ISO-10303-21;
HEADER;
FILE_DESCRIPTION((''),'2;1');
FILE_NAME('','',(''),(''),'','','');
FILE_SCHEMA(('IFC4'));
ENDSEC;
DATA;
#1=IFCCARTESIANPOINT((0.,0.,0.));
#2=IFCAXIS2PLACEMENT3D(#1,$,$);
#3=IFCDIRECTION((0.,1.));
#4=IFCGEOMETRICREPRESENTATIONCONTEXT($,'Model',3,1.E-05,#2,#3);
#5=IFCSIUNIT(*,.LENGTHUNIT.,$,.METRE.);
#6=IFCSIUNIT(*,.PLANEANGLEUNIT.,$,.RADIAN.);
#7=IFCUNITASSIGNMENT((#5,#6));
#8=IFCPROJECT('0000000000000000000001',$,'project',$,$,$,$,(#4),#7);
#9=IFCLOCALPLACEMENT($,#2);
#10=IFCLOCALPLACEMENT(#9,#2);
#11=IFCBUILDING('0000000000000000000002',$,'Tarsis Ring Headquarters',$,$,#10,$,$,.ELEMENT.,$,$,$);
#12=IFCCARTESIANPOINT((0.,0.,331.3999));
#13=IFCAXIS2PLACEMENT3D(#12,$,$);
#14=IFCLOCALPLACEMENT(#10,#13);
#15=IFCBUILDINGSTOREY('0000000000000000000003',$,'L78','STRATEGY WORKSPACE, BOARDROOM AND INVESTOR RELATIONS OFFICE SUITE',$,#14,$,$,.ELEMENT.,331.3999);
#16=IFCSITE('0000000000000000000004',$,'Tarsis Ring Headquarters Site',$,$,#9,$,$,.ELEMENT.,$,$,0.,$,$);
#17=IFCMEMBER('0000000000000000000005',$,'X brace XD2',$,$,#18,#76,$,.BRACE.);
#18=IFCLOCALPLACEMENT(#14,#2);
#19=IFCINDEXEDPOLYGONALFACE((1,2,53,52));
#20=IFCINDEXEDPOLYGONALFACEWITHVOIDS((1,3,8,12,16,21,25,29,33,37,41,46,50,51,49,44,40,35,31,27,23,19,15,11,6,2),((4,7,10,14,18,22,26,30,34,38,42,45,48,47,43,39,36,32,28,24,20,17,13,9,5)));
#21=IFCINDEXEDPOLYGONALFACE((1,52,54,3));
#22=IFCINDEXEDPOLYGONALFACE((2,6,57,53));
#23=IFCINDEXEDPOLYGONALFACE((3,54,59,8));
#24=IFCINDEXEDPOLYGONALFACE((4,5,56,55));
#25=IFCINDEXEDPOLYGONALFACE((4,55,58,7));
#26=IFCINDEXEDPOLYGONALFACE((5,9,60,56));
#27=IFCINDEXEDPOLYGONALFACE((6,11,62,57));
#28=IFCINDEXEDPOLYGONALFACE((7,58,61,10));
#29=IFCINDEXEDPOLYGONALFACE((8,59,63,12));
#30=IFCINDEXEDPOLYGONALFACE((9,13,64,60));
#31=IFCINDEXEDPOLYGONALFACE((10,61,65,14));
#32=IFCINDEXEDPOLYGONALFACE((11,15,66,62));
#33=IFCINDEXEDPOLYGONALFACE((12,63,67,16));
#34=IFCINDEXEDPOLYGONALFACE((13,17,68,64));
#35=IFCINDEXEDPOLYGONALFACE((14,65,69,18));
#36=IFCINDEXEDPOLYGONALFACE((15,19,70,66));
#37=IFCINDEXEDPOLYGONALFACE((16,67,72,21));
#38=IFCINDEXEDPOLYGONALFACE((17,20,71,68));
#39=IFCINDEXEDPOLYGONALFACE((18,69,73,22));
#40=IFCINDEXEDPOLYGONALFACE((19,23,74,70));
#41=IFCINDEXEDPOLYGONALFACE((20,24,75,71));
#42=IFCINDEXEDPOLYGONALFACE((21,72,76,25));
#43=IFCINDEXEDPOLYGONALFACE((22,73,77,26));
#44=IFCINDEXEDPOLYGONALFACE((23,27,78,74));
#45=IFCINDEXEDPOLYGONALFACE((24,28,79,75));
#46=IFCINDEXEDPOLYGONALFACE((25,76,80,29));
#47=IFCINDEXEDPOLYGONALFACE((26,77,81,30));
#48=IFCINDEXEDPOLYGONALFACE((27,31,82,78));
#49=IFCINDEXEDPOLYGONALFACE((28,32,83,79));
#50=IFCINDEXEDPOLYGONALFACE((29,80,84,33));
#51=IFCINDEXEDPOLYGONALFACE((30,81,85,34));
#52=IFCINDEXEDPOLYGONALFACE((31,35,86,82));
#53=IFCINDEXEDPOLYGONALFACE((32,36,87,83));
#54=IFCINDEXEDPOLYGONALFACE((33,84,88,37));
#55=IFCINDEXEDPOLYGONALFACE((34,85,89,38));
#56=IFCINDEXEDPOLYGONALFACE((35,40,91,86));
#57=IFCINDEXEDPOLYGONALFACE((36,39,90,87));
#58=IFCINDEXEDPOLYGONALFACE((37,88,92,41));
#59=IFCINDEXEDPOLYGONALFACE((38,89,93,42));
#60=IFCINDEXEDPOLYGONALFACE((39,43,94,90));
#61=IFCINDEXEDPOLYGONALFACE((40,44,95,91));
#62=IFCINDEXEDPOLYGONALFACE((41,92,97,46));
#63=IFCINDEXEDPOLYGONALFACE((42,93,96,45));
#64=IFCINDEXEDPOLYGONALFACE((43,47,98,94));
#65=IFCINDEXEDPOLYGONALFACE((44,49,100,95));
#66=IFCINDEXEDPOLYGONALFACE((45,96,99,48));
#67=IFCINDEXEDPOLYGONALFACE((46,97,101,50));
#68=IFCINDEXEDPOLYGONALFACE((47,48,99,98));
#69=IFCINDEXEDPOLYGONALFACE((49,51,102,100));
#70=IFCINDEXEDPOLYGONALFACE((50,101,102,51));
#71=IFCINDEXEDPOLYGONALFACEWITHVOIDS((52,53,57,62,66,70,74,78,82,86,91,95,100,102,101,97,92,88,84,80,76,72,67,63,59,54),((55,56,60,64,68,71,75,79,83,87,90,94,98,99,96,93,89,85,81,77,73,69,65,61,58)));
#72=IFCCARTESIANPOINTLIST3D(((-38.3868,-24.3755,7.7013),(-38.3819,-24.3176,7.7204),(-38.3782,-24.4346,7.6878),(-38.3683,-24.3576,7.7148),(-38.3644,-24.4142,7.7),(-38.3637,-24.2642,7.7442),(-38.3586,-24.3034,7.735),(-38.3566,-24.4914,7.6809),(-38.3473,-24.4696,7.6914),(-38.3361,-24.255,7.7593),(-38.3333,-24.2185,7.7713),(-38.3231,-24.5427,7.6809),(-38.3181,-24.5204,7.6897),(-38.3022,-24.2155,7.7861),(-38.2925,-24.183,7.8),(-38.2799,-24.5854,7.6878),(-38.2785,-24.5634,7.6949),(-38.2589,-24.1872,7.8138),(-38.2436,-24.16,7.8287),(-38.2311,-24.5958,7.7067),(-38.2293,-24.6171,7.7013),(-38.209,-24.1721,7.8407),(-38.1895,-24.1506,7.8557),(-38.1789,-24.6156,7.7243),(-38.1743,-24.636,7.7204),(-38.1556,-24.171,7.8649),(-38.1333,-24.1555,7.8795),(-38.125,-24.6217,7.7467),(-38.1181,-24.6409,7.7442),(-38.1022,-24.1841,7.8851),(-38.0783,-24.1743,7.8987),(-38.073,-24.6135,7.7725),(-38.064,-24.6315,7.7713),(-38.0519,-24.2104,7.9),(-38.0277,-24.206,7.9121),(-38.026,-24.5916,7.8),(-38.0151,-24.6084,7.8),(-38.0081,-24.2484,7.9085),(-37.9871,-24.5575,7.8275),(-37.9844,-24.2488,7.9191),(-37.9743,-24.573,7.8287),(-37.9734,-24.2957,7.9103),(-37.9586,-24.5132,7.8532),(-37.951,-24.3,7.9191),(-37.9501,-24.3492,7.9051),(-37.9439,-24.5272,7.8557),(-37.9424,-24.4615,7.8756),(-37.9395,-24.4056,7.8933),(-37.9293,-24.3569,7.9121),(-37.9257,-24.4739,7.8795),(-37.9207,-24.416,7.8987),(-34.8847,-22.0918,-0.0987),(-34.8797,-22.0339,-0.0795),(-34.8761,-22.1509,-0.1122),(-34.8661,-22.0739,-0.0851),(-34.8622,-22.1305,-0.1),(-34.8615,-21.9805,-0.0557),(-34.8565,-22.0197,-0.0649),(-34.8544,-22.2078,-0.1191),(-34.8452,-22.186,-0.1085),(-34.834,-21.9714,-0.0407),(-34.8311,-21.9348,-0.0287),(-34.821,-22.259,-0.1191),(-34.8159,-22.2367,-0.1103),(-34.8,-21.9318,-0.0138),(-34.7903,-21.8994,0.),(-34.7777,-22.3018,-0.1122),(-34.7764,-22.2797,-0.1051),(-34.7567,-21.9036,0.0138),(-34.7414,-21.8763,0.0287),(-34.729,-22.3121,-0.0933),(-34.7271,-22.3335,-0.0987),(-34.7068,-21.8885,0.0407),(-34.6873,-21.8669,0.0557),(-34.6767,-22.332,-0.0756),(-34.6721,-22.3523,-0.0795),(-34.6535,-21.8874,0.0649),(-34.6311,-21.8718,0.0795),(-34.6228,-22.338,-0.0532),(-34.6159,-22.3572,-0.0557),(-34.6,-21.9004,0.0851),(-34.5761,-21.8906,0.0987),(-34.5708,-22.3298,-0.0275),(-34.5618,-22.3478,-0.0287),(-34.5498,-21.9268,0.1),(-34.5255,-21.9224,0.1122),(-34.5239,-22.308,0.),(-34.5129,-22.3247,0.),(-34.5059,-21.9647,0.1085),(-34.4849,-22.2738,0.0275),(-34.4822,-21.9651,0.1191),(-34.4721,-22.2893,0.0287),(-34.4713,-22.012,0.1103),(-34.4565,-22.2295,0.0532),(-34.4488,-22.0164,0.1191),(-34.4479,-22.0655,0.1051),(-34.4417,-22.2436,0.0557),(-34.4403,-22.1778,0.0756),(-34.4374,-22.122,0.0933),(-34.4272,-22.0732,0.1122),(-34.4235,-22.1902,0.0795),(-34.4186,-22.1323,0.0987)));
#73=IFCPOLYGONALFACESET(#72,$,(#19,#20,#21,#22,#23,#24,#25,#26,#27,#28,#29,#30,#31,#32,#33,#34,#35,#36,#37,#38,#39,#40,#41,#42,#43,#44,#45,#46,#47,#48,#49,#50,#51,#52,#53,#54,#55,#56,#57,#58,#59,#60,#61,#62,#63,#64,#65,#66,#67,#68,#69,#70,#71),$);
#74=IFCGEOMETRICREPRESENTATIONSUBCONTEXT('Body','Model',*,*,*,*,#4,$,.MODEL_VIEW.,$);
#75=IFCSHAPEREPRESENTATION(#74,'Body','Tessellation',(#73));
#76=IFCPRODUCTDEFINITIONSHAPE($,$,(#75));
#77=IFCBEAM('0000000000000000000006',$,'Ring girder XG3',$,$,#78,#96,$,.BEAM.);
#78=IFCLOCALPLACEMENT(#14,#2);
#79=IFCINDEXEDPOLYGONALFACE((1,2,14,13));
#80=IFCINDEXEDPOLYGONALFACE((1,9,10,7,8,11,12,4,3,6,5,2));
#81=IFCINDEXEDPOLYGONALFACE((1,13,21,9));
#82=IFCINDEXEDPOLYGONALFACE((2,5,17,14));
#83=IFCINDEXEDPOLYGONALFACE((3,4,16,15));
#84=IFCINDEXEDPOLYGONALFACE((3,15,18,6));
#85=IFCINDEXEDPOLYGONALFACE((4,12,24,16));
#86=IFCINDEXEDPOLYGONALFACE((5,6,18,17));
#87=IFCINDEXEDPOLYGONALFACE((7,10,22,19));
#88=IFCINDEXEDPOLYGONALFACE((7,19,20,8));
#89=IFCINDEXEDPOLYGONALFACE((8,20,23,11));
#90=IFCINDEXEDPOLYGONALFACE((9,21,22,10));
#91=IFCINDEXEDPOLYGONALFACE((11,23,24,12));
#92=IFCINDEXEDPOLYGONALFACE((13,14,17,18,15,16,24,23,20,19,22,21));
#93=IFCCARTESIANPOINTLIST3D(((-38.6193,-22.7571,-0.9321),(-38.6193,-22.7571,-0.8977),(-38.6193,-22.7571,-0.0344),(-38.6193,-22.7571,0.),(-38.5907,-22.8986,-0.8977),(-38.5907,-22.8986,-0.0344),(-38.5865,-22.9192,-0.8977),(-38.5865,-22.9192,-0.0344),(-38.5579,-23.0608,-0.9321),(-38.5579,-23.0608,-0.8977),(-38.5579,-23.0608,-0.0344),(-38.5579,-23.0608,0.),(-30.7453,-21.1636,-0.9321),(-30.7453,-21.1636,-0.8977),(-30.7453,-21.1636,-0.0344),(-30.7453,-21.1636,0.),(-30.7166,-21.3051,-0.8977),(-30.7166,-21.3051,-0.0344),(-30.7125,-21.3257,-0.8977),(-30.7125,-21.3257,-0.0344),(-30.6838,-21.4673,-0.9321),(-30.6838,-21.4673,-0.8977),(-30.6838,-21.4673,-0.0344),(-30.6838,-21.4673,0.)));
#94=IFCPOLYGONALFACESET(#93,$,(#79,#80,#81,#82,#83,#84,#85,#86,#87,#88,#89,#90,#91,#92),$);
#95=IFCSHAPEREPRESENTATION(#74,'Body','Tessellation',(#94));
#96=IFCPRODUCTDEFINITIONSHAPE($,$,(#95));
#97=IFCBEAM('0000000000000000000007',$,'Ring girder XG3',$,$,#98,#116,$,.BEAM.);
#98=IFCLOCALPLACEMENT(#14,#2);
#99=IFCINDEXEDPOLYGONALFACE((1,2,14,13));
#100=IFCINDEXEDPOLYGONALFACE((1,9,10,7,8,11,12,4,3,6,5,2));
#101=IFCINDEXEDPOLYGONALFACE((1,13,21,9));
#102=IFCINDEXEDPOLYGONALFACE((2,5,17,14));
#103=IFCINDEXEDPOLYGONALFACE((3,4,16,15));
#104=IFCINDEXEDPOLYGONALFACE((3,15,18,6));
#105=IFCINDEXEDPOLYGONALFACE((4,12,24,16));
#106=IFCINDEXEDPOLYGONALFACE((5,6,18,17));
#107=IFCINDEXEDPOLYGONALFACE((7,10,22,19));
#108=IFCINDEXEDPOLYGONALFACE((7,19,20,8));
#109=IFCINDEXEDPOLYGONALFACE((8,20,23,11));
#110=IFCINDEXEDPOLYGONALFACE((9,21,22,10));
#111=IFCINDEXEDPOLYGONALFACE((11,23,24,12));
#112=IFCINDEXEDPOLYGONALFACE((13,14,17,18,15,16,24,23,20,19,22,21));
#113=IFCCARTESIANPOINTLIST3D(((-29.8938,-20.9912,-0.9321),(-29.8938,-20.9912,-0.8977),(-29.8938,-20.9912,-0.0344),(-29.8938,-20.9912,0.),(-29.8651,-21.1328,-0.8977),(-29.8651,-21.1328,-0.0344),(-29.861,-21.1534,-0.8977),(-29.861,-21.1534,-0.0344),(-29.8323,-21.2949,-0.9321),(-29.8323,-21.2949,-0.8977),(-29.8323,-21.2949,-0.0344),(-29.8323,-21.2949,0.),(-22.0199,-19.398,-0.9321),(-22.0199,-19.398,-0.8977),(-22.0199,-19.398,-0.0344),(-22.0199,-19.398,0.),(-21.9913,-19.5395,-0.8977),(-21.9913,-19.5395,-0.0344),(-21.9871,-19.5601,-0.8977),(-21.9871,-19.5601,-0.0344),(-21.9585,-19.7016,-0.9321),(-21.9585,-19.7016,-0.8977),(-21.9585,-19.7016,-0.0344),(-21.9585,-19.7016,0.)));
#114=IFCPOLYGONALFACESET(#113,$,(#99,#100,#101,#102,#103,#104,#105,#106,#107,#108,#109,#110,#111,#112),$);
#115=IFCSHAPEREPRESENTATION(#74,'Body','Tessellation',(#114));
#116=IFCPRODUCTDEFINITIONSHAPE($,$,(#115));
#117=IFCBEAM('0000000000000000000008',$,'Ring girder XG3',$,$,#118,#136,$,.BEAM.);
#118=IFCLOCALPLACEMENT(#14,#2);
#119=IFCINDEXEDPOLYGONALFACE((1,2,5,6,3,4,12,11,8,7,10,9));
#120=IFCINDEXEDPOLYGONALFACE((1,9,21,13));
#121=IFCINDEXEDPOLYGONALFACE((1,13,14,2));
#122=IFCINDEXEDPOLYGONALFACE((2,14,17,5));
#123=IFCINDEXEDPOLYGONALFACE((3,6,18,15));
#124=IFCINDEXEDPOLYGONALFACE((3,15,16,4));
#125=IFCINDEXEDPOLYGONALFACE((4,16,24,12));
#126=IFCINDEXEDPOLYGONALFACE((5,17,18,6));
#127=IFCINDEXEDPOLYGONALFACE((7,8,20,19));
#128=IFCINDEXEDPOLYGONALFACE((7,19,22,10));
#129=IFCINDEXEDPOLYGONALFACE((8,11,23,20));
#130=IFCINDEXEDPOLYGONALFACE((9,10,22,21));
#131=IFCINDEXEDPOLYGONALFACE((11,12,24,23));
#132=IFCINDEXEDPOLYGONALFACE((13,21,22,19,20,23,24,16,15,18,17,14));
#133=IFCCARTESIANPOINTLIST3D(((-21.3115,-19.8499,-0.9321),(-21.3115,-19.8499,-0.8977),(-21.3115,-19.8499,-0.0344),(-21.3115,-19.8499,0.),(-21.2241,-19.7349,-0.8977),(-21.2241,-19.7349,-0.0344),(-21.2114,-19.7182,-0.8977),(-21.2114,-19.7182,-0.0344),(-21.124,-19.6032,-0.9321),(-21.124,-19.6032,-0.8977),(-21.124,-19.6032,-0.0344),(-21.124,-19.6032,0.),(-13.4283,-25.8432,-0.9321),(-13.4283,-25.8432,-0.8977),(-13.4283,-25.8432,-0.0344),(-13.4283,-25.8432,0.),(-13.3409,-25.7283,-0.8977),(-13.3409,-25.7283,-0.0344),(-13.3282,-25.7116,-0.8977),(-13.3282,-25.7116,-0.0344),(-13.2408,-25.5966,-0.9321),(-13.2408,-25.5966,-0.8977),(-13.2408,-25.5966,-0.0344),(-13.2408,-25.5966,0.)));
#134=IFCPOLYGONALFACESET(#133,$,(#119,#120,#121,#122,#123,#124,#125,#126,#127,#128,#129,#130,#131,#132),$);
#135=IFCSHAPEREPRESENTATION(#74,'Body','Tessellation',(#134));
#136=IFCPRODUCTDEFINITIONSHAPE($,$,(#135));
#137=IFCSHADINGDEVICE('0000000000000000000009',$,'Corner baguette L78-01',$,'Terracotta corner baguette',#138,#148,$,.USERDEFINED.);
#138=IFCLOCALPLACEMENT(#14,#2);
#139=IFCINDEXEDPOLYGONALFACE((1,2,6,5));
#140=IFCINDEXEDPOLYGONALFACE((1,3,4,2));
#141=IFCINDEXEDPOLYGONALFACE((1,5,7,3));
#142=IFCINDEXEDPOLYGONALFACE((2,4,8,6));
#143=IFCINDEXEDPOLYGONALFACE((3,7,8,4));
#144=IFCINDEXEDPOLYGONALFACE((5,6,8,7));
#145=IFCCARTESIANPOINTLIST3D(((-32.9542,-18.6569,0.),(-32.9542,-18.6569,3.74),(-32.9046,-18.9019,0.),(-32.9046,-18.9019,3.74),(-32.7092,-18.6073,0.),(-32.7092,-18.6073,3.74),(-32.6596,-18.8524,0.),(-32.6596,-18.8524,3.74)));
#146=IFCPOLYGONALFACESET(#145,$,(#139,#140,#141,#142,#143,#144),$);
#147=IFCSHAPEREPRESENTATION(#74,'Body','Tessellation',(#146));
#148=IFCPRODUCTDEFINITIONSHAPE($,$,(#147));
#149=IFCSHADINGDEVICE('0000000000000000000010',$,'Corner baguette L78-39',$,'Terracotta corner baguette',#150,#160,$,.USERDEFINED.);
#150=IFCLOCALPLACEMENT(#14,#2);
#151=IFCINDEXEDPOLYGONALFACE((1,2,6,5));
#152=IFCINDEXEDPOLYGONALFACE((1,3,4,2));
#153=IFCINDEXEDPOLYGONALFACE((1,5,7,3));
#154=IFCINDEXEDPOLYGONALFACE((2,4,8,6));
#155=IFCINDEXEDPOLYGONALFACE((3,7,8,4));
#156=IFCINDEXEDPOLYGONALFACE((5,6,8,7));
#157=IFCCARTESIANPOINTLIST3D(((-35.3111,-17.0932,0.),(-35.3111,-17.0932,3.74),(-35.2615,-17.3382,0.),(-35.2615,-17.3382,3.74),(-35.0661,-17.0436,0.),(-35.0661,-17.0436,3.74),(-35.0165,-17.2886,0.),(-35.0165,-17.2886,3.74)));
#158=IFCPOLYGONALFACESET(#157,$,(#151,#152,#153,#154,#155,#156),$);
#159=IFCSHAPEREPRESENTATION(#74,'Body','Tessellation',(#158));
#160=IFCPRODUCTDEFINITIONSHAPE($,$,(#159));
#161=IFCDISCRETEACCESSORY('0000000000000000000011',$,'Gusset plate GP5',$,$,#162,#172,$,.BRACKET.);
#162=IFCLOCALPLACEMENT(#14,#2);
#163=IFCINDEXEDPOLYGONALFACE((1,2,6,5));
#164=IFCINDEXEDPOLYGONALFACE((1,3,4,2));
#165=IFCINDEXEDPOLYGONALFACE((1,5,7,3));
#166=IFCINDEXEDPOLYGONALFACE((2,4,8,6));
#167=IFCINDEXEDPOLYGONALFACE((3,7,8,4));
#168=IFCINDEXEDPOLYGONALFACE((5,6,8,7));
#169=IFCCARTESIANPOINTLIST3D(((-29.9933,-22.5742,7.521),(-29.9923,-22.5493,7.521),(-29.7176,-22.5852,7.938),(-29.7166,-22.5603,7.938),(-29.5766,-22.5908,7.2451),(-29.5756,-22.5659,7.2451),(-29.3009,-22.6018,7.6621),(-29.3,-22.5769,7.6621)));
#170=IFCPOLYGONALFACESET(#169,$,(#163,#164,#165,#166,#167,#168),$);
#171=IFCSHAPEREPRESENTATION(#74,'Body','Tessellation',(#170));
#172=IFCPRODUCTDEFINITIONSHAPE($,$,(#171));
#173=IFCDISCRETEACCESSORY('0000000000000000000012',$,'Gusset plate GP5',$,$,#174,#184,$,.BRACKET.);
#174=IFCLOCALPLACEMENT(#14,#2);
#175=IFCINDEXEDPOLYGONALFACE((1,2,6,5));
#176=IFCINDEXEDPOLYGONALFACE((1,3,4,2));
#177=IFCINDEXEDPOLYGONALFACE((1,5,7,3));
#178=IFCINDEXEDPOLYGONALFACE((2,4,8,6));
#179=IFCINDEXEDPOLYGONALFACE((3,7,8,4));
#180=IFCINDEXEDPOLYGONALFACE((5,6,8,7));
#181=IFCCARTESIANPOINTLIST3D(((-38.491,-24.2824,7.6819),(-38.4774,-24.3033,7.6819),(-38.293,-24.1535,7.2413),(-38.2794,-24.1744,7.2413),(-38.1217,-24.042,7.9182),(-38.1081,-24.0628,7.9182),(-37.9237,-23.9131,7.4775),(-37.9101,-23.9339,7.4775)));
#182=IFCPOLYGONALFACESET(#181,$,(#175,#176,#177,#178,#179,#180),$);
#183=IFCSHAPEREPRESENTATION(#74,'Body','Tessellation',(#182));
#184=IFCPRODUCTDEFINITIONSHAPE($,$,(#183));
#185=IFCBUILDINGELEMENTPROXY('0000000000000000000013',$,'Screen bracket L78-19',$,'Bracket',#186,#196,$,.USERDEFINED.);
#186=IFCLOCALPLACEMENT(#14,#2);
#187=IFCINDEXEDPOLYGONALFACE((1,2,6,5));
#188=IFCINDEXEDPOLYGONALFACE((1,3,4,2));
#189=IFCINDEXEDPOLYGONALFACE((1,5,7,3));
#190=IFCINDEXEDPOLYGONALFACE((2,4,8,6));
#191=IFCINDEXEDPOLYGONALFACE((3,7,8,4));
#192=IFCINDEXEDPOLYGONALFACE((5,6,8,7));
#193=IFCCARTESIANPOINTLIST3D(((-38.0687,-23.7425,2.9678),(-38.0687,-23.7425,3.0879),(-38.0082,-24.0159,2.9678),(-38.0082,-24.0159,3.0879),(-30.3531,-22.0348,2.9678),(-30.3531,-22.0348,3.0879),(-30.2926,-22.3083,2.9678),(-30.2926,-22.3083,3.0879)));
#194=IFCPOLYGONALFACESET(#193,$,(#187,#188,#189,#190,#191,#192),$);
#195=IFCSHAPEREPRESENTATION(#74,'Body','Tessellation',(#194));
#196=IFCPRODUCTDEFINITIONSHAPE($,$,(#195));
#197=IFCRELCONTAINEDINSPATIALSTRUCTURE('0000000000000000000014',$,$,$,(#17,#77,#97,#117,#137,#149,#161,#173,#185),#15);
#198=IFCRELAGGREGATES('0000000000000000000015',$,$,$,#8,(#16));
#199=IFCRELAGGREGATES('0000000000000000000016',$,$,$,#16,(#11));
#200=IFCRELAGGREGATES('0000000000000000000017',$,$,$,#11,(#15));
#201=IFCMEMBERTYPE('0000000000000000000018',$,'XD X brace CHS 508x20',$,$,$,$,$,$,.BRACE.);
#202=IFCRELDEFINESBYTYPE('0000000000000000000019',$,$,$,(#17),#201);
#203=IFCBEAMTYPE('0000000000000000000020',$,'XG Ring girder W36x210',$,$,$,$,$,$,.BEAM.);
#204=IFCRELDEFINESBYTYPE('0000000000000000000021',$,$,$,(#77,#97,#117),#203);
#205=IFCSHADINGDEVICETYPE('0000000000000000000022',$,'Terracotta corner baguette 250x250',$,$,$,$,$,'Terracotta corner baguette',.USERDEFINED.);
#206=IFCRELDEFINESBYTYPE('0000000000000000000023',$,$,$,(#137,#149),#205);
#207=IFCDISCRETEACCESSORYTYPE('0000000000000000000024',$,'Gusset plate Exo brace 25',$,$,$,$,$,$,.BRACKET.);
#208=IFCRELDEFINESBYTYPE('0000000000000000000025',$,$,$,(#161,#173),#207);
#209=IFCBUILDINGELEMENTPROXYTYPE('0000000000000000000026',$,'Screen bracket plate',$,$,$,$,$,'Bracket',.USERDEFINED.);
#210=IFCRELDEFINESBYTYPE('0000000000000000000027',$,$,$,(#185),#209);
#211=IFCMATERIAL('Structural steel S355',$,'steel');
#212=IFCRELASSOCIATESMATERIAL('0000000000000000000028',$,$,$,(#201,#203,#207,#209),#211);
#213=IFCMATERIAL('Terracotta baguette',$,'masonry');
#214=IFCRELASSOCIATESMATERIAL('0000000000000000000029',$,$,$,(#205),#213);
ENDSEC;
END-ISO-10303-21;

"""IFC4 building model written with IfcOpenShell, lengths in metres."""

from ifc_helpers import new_model, si_unit, direction, frame, origin, origin_2d, place, context, subcontext, project, spatial, rectangle, hollow_circle, i_section, extrude, material, material_profile, profile_set, type_object, element, save


model = new_model("IFC4")

# Units and contexts
model_context = context("Model", 3, precision=1e-05, world=origin(), true_north=direction((0.0, 1.0)))
body_context = subcontext(model_context, "Body", "Model", "MODEL_VIEW")
ifc_project = project(units=[si_unit("LENGTHUNIT", "METRE"), si_unit("PLANEANGLEUNIT", "RADIAN")], contexts=[model_context])

# Site, building, storey
site_placement = place(None, origin())
site = spatial("IfcSite", under=ifc_project, at=site_placement, Name="Tarsis Ring Headquarters Site", CompositionType="ELEMENT", RefElevation=0.0)
building_placement = place(site_placement, origin())
building = spatial("IfcBuilding", under=site, at=building_placement, Name="Tarsis Ring Headquarters", CompositionType="ELEMENT")
storey_placement = place(building_placement, frame((0.0, 0.0, 331.3999)))
storey = spatial("IfcBuildingStorey", under=building, at=storey_placement, Name="L78", Description="STRATEGY WORKSPACE, BOARDROOM AND INVESTOR RELATIONS OFFICE SUITE", CompositionType="ELEMENT", Elevation=331.3999)

# Shared definitions
ifc_material_1 = material(Name="Structural steel S355", Category="steel")

# Member
ifc_material_profile_1 = material_profile(ifc_material_1, hollow_circle(Radius=0.2539, WallThickness=0.02, at=origin_2d()), Name="CHS 508x20")
ifc_profile_set_1 = profile_set([ifc_material_profile_1], Name="Structural steel S355")
member_type = type_object("IfcMemberType", Name="XD X brace CHS 508x20", PredefinedType="BRACE", material=ifc_profile_set_1)
member_1_placement = place(storey_placement, frame((-34.6516, -22.1121, 0.0), z_axis=(-0.395731, -0.258046, 0.881368), x_axis=(0.546209, -0.837649, 0.0)))
element("IfcMember", 1, at=member_1_placement, inside=storey, type_object=member_type, Name="X brace XD2", PredefinedType="BRACE", context=body_context, shape_type="SweptSolid", body=[
    extrude(hollow_circle(Radius=0.2539, WallThickness=0.02, at=origin_2d()), origin(), (0.0, 0.0, 1.0), 8.8499),
])

# Beams
ifc_material_profile_2 = material_profile(ifc_material_1, i_section(OverallWidth=0.3098, OverallDepth=0.9321, WebThickness=0.021, FlangeThickness=0.0344, at=origin_2d()), Name="W36x210")
ifc_profile_set_2 = profile_set([ifc_material_profile_2], Name="Structural steel S355")
beam_type = type_object("IfcBeamType", Name="XG Ring girder W36x210", PredefinedType="BEAM", material=ifc_profile_set_2)
beam_1_placement = place(storey_placement, frame((-38.5886, -22.9089, -0.4661), z_axis=(0.98013, 0.198354, 0.0), x_axis=(-0.198354, 0.98013, 0.0)))
element("IfcBeam", 2, at=beam_1_placement, inside=storey, type_object=beam_type, Name="Ring girder XG3", PredefinedType="BEAM", context=body_context, shape_type="SweptSolid", body=[
    extrude(i_section(OverallWidth=0.3098, OverallDepth=0.9321, WebThickness=0.021, FlangeThickness=0.0344, at=origin_2d()), origin(), (0.0, 0.0, 1.0), 8.0337),
])
beam_2_placement = place(storey_placement, frame((-29.863, -21.1431, -0.4661), z_axis=(0.980135, 0.198331, 0.0), x_axis=(-0.198331, 0.980135, 0.0)))
element("IfcBeam", 3, at=beam_2_placement, inside=storey, type_object=beam_type, Name="Ring girder XG3", PredefinedType="BEAM", context=body_context, shape_type="SweptSolid", body=[
    extrude(i_section(OverallWidth=0.3098, OverallDepth=0.9321, WebThickness=0.021, FlangeThickness=0.0344, at=origin_2d()), origin(), (0.0, 0.0, 1.0), 8.0334),
])
beam_3_placement = place(storey_placement, frame((-21.2178, -19.7266, -0.4661), z_axis=(0.79606, -0.605218, 0.0), x_axis=(0.605218, 0.79606, 0.0)))
element("IfcBeam", 4, at=beam_3_placement, inside=storey, type_object=beam_type, Name="Ring girder XG3", PredefinedType="BEAM", context=body_context, shape_type="SweptSolid", body=[
    extrude(i_section(OverallWidth=0.3098, OverallDepth=0.9321, WebThickness=0.021, FlangeThickness=0.0344, at=origin_2d()), origin(), (0.0, 0.0, 1.0), 9.9028),
])

# Shading devices
ifc_material_2 = material(Name="Terracotta baguette", Category="masonry")
shading_device_type_1 = type_object("IfcShadingDeviceType", Name="Terracotta corner baguette 250x250", ElementType="Terracotta corner baguette", PredefinedType="USERDEFINED", material=ifc_material_2)
for number, where, z_axis, x_axis, name in (
    (5, (-32.8069, -18.7546, 0.0), (0.0, 0.0, 1.0), (0.198341, -0.980133, 0.0), "Corner baguette L78-01"),
    (6, (-35.1638, -17.1909, 0.0), (0.0, 0.0, 1.0), (0.198341, -0.980133, 0.0), "Corner baguette L78-39"),
):
    element("IfcShadingDevice", number, at=place(storey_placement, frame(where, z_axis=z_axis, x_axis=x_axis)), inside=storey, type_object=shading_device_type_1, Name=name, ObjectType="Terracotta corner baguette", PredefinedType="USERDEFINED", context=body_context, shape_type="SweptSolid", body=[
        extrude(rectangle(XDim=0.25, YDim=0.25, at=origin_2d()), origin(), (0.0, 0.0, 1.0), 3.74),
    ])

# Discrete accessories
ifc_material_profile_3 = material_profile(ifc_material_1, rectangle(XDim=0.0249, YDim=0.5, at=origin_2d()), Name="PL 25x500")
ifc_profile_set_3 = profile_set([ifc_material_profile_3], Name="Structural steel S355")
discrete_accessory_type = type_object("IfcDiscreteAccessoryType", Name="Gusset plate Exo brace 25", PredefinedType="BRACKET", material=ifc_profile_set_3)
for number, where, z_axis, x_axis, name in (
    (7, (-29.5088, -22.5811, 7.8), (-0.551294, 0.021974, -0.834022), (-0.039827, -0.999207, 0.0), "Gusset plate GP5"),
    (8, (-38.2996, -24.1726, 7.8), (0.395985, 0.257806, -0.881324), (-0.545606, 0.838042, 0.0), "Gusset plate GP5"),
):
    element("IfcDiscreteAccessory", number, at=place(storey_placement, frame(where, z_axis=z_axis, x_axis=x_axis)), inside=storey, type_object=discrete_accessory_type, Name=name, PredefinedType="BRACKET", context=body_context, shape_type="SweptSolid", body=[
        extrude(rectangle(XDim=0.0249, YDim=0.5, at=origin_2d()), origin(), (0.0, 0.0, 1.0), 0.5),
    ])

# Building element proxy
building_element_proxy_type = type_object("IfcBuildingElementProxyType", Name="Screen bracket plate", ElementType="Bracket", PredefinedType="USERDEFINED", material=ifc_material_1)
proxy_placement = place(storey_placement, frame((-34.1807, -23.0254, 2.9678), z_axis=(0.0, 0.0, 1.0), x_axis=(0.976371, 0.216099, 0.0)))
element("IfcBuildingElementProxy", 9, at=proxy_placement, inside=storey, type_object=building_element_proxy_type, Name="Screen bracket L78-19", ObjectType="Bracket", PredefinedType="USERDEFINED", context=body_context, shape_type="SweptSolid", body=[
    extrude(rectangle(XDim=7.9023, YDim=0.28, at=origin_2d()), origin(), (0.0, 0.0, 1.0), 0.1201),
])

save(model, "model.ifc")
